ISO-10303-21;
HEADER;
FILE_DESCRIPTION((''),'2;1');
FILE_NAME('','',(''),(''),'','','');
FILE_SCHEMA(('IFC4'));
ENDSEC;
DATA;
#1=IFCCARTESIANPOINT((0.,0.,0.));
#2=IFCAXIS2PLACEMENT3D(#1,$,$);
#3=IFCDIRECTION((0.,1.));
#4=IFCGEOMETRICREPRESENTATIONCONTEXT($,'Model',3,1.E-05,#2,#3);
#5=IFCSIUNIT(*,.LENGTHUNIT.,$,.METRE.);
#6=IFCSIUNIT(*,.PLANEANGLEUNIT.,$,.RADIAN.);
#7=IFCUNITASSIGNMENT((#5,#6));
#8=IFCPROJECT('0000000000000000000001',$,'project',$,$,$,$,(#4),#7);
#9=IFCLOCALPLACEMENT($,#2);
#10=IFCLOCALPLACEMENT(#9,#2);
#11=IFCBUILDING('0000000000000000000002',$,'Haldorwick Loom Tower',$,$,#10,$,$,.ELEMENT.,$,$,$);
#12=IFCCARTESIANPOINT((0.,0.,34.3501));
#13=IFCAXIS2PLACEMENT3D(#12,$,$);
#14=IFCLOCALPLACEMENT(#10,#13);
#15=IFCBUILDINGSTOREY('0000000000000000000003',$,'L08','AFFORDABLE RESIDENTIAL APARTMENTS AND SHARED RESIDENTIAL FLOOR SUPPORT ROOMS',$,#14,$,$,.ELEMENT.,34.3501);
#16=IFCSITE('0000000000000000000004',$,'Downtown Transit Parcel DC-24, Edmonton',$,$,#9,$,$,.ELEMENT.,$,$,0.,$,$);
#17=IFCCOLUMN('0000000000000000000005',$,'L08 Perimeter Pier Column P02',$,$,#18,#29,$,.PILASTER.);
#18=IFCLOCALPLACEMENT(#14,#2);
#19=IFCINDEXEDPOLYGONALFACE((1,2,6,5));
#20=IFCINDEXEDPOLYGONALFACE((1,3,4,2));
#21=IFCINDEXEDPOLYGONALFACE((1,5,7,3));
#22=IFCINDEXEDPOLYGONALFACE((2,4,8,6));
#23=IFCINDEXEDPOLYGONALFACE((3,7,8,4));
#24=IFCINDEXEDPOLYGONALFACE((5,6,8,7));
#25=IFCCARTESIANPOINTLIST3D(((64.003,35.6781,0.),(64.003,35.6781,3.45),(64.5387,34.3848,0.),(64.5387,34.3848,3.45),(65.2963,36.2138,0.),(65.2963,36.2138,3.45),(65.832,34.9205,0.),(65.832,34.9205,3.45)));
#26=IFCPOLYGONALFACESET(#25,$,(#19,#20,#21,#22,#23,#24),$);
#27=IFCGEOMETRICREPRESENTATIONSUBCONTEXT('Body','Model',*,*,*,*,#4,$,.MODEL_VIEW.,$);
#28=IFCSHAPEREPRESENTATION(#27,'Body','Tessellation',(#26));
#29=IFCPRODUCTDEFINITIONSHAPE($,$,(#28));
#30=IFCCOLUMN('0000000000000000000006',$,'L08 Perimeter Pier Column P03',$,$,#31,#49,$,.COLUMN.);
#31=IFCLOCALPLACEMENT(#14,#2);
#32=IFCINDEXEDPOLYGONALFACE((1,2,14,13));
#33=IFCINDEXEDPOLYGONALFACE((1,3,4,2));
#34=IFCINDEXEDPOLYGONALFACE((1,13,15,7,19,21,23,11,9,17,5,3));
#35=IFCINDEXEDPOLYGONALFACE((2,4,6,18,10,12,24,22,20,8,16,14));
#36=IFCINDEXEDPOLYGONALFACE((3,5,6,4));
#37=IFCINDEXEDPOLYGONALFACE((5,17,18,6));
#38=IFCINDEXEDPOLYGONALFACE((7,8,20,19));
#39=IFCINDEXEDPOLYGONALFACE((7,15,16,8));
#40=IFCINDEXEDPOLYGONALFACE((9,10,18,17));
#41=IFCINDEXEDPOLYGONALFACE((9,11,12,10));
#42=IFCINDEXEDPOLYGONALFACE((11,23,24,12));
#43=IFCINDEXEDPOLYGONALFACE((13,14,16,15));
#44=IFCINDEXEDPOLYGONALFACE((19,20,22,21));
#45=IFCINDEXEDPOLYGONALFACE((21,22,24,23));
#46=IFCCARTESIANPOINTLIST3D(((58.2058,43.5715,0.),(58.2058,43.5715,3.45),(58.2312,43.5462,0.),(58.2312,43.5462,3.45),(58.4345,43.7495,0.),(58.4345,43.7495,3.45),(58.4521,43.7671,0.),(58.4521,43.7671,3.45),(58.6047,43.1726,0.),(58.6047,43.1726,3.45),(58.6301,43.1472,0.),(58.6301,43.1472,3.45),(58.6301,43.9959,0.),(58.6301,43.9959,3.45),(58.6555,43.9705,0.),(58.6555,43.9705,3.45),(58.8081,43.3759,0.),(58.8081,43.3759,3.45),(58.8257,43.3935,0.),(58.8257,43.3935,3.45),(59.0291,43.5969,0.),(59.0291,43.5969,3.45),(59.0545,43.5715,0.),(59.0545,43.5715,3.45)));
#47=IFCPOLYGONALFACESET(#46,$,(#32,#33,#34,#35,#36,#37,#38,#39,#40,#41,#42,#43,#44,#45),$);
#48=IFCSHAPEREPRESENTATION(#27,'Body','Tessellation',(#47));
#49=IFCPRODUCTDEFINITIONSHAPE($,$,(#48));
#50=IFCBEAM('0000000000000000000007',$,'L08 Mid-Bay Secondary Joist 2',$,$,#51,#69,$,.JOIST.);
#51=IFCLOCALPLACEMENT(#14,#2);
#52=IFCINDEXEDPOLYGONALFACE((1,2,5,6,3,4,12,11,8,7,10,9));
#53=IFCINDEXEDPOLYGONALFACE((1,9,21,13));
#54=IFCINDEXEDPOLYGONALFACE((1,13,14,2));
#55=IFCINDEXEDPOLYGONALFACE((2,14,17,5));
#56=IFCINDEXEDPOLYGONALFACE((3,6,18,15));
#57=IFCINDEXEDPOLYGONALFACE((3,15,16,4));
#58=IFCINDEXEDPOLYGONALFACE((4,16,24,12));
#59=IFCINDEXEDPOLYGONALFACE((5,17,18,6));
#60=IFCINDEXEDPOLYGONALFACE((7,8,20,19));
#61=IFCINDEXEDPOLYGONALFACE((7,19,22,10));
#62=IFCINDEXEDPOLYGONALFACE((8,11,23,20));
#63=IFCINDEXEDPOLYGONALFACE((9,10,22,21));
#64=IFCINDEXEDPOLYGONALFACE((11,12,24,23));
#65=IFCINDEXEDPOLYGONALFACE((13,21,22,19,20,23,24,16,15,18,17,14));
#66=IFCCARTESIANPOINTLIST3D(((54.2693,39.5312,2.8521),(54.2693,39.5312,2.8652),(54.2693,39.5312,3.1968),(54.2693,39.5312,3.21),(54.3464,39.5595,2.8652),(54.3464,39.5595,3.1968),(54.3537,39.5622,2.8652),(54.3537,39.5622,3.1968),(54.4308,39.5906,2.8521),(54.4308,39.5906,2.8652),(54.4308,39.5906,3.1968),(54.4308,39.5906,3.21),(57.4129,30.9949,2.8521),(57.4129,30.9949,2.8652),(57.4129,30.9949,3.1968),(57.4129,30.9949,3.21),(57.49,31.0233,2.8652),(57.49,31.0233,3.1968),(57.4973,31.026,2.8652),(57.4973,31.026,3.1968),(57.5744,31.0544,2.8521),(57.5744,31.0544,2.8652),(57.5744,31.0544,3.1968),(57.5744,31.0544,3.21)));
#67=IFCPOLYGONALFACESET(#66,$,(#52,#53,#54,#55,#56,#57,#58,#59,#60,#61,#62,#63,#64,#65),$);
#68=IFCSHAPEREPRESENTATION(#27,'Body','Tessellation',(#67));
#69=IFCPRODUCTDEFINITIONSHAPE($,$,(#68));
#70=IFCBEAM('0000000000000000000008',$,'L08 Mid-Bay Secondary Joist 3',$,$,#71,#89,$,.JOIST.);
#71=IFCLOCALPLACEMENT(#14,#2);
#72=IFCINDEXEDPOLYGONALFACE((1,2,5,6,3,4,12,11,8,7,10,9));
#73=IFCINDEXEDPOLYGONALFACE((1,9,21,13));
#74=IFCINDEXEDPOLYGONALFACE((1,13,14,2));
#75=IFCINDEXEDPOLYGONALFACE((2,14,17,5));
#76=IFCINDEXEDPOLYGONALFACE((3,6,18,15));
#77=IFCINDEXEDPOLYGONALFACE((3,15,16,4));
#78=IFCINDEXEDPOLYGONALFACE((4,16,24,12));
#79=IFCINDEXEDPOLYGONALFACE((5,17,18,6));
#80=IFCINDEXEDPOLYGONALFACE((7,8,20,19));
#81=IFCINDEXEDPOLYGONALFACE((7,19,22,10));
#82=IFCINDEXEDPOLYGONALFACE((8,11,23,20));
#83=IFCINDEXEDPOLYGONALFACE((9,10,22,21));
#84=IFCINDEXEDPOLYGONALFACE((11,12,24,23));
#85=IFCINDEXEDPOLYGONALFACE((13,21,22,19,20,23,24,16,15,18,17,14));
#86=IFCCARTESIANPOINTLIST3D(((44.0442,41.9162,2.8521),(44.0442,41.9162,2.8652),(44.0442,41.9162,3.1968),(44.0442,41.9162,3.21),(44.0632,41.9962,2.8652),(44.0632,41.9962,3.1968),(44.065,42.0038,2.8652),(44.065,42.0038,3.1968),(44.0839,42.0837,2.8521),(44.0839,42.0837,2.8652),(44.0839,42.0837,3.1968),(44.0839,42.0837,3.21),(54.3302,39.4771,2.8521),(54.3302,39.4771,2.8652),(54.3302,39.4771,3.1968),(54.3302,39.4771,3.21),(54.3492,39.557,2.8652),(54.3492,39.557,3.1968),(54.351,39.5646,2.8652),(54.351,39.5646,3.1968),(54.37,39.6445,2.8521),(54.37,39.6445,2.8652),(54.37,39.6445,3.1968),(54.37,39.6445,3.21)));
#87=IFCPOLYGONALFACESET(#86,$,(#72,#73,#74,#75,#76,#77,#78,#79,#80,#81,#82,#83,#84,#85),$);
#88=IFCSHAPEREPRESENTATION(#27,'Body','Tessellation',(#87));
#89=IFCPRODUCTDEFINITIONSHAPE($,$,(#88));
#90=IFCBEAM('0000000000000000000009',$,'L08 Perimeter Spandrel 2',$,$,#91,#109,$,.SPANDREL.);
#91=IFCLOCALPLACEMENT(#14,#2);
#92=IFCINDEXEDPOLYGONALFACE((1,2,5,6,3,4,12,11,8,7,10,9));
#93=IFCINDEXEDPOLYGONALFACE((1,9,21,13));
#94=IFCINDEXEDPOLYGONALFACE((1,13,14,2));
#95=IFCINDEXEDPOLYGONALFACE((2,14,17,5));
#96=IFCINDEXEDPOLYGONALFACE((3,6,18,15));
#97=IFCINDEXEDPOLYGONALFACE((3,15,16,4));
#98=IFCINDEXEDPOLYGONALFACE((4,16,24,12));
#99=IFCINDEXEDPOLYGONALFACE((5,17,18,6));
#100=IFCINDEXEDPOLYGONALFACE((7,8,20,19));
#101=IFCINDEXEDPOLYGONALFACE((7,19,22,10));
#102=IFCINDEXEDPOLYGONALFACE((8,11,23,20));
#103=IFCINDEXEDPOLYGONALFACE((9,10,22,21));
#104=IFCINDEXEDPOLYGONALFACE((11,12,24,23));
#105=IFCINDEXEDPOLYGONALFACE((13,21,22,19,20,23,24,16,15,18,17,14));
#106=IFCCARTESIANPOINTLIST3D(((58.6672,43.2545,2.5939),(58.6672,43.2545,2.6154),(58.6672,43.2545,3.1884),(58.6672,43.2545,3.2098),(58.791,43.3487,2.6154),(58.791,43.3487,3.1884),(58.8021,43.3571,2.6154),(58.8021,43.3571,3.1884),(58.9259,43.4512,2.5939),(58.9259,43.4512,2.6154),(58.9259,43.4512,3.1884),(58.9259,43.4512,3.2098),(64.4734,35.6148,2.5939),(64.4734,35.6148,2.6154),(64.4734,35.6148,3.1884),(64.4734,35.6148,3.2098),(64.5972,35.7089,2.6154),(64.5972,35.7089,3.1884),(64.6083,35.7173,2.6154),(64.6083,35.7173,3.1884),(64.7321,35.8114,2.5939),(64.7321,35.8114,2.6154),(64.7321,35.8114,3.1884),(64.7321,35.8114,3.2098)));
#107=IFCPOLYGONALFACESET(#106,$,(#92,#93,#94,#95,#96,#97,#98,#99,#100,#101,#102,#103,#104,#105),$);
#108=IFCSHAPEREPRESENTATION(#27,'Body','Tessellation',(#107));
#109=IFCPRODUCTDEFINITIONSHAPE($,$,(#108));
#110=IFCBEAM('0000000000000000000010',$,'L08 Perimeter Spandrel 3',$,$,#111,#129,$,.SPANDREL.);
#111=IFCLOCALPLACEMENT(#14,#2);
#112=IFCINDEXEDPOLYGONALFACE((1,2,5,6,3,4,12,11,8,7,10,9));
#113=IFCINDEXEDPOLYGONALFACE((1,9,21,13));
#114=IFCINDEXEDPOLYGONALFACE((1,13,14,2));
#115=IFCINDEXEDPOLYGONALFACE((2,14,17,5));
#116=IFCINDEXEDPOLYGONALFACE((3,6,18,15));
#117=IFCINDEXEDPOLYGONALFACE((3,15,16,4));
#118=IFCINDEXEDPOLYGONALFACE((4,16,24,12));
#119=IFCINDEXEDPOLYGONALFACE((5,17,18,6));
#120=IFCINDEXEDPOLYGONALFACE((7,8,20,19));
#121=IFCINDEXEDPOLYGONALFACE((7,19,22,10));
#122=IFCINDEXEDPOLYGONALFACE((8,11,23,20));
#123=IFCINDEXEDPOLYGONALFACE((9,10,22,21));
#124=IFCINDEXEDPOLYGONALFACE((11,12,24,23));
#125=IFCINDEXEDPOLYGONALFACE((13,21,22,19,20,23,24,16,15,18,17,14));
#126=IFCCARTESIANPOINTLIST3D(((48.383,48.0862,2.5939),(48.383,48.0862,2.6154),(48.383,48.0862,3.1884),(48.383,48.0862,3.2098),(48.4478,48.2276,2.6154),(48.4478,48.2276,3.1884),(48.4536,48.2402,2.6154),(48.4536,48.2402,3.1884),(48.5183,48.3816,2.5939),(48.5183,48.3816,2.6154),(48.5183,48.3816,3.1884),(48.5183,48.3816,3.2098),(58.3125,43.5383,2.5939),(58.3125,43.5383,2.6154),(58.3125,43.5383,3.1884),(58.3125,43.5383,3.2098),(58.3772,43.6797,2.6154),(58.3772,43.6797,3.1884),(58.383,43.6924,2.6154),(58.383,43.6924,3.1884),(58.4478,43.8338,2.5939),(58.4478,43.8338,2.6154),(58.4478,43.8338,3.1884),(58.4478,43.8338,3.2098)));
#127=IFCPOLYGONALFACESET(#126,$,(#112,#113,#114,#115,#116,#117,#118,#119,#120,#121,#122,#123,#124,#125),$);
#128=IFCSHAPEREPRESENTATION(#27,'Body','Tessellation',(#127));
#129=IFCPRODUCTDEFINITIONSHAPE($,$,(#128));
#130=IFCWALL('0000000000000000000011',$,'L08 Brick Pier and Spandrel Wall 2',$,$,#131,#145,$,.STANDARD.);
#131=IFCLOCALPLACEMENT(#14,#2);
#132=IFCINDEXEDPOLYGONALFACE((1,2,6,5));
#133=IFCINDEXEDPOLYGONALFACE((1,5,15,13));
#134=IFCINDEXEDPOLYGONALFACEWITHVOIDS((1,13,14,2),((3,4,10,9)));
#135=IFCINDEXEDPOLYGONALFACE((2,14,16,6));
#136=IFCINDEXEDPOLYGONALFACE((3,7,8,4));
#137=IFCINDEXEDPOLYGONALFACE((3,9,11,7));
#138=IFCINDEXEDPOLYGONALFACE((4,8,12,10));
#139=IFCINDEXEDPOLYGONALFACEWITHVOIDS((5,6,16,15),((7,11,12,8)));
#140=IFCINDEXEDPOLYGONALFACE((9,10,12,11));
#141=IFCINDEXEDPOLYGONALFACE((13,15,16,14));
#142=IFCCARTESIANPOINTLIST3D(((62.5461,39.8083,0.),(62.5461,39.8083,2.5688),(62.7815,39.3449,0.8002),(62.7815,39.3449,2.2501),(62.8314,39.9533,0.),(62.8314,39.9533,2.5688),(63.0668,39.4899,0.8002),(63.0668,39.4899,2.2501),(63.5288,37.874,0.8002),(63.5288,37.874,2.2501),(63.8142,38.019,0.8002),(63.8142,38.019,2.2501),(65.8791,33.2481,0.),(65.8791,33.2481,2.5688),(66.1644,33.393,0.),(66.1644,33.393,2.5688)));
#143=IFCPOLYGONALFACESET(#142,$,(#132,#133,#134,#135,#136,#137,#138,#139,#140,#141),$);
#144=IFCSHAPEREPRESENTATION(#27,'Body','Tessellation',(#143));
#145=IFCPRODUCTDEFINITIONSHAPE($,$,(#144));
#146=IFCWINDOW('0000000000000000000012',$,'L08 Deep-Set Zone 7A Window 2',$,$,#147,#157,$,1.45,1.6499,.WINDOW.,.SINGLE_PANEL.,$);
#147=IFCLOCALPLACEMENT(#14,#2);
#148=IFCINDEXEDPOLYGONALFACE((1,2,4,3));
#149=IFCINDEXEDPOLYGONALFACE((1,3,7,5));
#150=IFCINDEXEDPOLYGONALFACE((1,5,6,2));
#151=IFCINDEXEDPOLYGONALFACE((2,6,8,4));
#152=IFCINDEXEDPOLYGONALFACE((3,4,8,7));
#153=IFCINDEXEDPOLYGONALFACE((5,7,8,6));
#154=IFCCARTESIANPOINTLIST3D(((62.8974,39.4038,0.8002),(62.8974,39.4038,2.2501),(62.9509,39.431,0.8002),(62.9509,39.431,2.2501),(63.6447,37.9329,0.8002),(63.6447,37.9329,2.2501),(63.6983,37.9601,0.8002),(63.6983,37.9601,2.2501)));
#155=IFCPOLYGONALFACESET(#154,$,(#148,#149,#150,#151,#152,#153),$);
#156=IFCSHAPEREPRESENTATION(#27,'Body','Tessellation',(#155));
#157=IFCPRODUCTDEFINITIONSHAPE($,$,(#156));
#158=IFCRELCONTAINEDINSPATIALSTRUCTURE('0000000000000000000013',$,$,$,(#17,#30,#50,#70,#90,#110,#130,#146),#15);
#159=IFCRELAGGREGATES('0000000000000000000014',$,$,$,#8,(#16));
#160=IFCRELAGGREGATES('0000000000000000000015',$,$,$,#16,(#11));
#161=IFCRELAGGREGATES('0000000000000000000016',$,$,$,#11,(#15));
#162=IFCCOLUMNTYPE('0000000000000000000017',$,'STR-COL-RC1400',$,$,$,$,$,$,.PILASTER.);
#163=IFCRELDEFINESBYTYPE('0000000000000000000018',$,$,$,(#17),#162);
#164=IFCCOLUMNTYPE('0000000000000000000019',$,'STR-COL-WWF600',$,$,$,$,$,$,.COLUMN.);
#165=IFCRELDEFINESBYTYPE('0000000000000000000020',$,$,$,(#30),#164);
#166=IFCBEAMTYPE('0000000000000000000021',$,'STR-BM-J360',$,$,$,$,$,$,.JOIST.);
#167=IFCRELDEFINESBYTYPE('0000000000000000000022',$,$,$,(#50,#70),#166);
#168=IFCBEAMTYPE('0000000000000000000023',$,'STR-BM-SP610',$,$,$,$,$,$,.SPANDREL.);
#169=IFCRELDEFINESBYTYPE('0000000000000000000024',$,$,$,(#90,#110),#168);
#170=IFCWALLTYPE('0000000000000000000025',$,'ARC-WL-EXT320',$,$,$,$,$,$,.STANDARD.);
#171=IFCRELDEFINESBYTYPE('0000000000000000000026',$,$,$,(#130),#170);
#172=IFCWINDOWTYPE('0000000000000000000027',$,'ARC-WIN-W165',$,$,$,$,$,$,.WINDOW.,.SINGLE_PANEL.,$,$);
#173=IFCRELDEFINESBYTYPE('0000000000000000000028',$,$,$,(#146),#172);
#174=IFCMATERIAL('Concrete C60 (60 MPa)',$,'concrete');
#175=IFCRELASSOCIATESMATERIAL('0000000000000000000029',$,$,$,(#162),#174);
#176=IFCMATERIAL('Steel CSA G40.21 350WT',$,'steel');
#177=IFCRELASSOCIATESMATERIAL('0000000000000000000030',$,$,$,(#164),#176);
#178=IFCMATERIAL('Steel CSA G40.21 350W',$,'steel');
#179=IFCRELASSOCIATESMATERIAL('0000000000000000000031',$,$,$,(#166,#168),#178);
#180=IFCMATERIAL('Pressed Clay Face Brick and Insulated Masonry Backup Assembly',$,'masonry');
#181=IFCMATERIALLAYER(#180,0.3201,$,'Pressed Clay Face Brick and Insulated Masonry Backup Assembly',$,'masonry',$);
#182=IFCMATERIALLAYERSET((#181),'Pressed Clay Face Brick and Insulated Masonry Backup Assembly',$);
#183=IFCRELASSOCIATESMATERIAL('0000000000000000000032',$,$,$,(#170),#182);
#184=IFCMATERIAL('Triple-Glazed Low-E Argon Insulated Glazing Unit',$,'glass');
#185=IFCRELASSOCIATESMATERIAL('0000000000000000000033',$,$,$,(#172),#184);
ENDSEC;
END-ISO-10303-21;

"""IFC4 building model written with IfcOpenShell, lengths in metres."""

from ifc_helpers import new_model, si_unit, direction, frame, frame_2d, origin, origin_2d, place, context, subcontext, project, spatial, rectangle, i_section, extrude, material, layer, layer_set, material_profile, profile_set, type_object, element, fill, save


model = new_model("IFC4")

# Units and contexts
model_context = context("Model", 3, precision=1e-05, world=origin(), true_north=direction((0.0, 1.0)))
body_context = subcontext(model_context, "Body", "Model", "MODEL_VIEW")
ifc_project = project(units=[si_unit("LENGTHUNIT", "METRE"), si_unit("PLANEANGLEUNIT", "RADIAN")], contexts=[model_context])

# Site, building, storey
site_placement = place(None, origin())
site = spatial("IfcSite", under=ifc_project, at=site_placement, Name="Downtown Transit Parcel DC-24, Edmonton", CompositionType="ELEMENT", RefElevation=0.0)
building_placement = place(site_placement, origin())
building = spatial("IfcBuilding", under=site, at=building_placement, Name="Haldorwick Loom Tower", CompositionType="ELEMENT")
storey_placement = place(building_placement, frame((0.0, 0.0, 34.3501)))
storey = spatial("IfcBuildingStorey", under=building, at=storey_placement, Name="L08", Description="AFFORDABLE RESIDENTIAL APARTMENTS AND SHARED RESIDENTIAL FLOOR SUPPORT ROOMS", CompositionType="ELEMENT", Elevation=34.3501)

# Columns
ifc_material_1 = material(Name="Concrete C60 (60 MPa)", Category="concrete")
ifc_material_profile_1 = material_profile(ifc_material_1, rectangle(XDim=1.3999, YDim=1.3999, at=origin_2d()), Name="RC1400X1400", Category="concrete")
ifc_profile_set_1 = profile_set([ifc_material_profile_1], Name="Concrete C60 (60 MPa)")
column_type_1 = type_object("IfcColumnType", Name="STR-COL-RC1400", PredefinedType="PILASTER", material=ifc_profile_set_1)
column_1_placement = place(storey_placement, frame((64.9175, 35.2993, 0.0), z_axis=(0.0, 0.0, 1.0), x_axis=(0.92388, 0.382683, 0.0)))
element("IfcColumn", 1, at=column_1_placement, inside=storey, type_object=column_type_1, Name="L08 Perimeter Pier Column P02", PredefinedType="PILASTER", context=body_context, shape_type="SweptSolid", body=[
    extrude(rectangle(XDim=1.3999, YDim=1.3999, at=origin_2d()), origin(), (0.0, 0.0, 1.0), 3.45),
])
ifc_material_2 = material(Name="Steel CSA G40.21 350WT", Category="steel")
ifc_material_profile_2 = material_profile(ifc_material_2, i_section(OverallWidth=0.6001, OverallDepth=0.6001, WebThickness=0.0249, FlangeThickness=0.0359, at=origin_2d()), Name="WWF600X600", Category="steel")
ifc_profile_set_2 = profile_set([ifc_material_profile_2], Name="Steel CSA G40.21 350WT")
column_type_2 = type_object("IfcColumnType", Name="STR-COL-WWF600", PredefinedType="COLUMN", material=ifc_profile_set_2)
column_2_placement = place(storey_placement, frame((58.6301, 43.5715, 0.0), z_axis=(0.0, 0.0, 1.0), x_axis=(0.707107, 0.707107, 0.0)))
element("IfcColumn", 2, at=column_2_placement, inside=storey, type_object=column_type_2, Name="L08 Perimeter Pier Column P03", PredefinedType="COLUMN", context=body_context, shape_type="SweptSolid", body=[
    extrude(i_section(OverallWidth=0.6001, OverallDepth=0.6001, WebThickness=0.0249, FlangeThickness=0.0359, at=origin_2d()), origin(), (0.0, 0.0, 1.0), 3.45),
])

# Beams
ifc_material_3 = material(Name="Steel CSA G40.21 350W", Category="steel")
ifc_material_profile_3 = material_profile(ifc_material_3, i_section(OverallWidth=0.1721, OverallDepth=0.3579, WebThickness=0.0078, FlangeThickness=0.0132, at=origin_2d()), Name="W360X57", Category="steel")
ifc_profile_set_3 = profile_set([ifc_material_profile_3], Name="Steel CSA G40.21 350W")
beam_type_1 = type_object("IfcBeamType", Name="STR-BM-J360", PredefinedType="JOIST", material=ifc_profile_set_3)
beam_1_placement = place(storey_placement, frame((57.4937, 31.0247, 3.031), z_axis=(-0.345576, 0.938391, 0.0), x_axis=(-0.938391, -0.345576, 0.0)))
element("IfcBeam", 3, at=beam_1_placement, inside=storey, type_object=beam_type_1, Name="L08 Mid-Bay Secondary Joist 2", PredefinedType="JOIST", context=body_context, shape_type="SweptSolid", body=[
    extrude(i_section(OverallWidth=0.1721, OverallDepth=0.3579, WebThickness=0.0078, FlangeThickness=0.0132, at=origin_2d()), origin(), (0.0, 0.0, 1.0), 9.0967),
])
beam_2_placement = place(storey_placement, frame((54.3501, 39.5608, 3.031), z_axis=(-0.973016, 0.230737, 0.0), x_axis=(-0.230737, -0.973016, 0.0)))
element("IfcBeam", 4, at=beam_2_placement, inside=storey, type_object=beam_type_1, Name="L08 Mid-Bay Secondary Joist 3", PredefinedType="JOIST", context=body_context, shape_type="SweptSolid", body=[
    extrude(i_section(OverallWidth=0.1721, OverallDepth=0.3579, WebThickness=0.0078, FlangeThickness=0.0132, at=origin_2d()), origin(), (0.0, 0.0, 1.0), 10.5713),
])
ifc_material_profile_4 = material_profile(ifc_material_3, i_section(OverallWidth=0.325, OverallDepth=0.616, WebThickness=0.0139, FlangeThickness=0.0215, at=origin_2d()), Name="W610X174", Category="steel")
ifc_profile_set_4 = profile_set([ifc_material_profile_4], Name="Steel CSA G40.21 350W")
beam_type_2 = type_object("IfcBeamType", Name="STR-BM-SP610", PredefinedType="SPANDREL", material=ifc_profile_set_4)
beam_3_placement = place(storey_placement, frame((64.6028, 35.7131, 2.9019), z_axis=(-0.605085, 0.796161, 0.0), x_axis=(-0.796161, -0.605085, 0.0)))
element("IfcBeam", 5, at=beam_3_placement, inside=storey, type_object=beam_type_2, Name="L08 Perimeter Spandrel 2", PredefinedType="SPANDREL", context=body_context, shape_type="SweptSolid", body=[
    extrude(i_section(OverallWidth=0.325, OverallDepth=0.616, WebThickness=0.0139, FlangeThickness=0.0215, at=origin_2d()), origin(), (0.0, 0.0, 1.0), 9.5957),
])
beam_4_placement = place(storey_placement, frame((58.3801, 43.686, 2.9019), z_axis=(-0.909174, 0.416417, 0.0), x_axis=(-0.416417, -0.909174, 0.0)))
element("IfcBeam", 6, at=beam_4_placement, inside=storey, type_object=beam_type_2, Name="L08 Perimeter Spandrel 3", PredefinedType="SPANDREL", context=body_context, shape_type="SweptSolid", body=[
    extrude(i_section(OverallWidth=0.325, OverallDepth=0.616, WebThickness=0.0139, FlangeThickness=0.0215, at=origin_2d()), origin(), (0.0, 0.0, 1.0), 10.9214),
])

# Wall, opening, window
ifc_material_4 = material(Name="Pressed Clay Face Brick and Insulated Masonry Backup Assembly", Category="masonry")
ifc_layer_1 = layer(ifc_material_4, 0.3201, Name="Pressed Clay Face Brick and Insulated Masonry Backup Assembly", Category="masonry")
ifc_layer_set_1 = layer_set([ifc_layer_1], Name="Pressed Clay Face Brick and Insulated Masonry Backup Assembly")
wall_type_1 = type_object("IfcWallType", Name="ARC-WL-EXT320", PredefinedType="STANDARD", material=ifc_layer_set_1)
wall_1_placement = place(storey_placement, frame((66.0217, 33.3206, 0.0), z_axis=(0.0, 0.0, 1.0), x_axis=(-0.452951, 0.891535, 0.0)))
wall_1 = element("IfcWall", 7, at=wall_1_placement, inside=storey, type_object=wall_type_1, Name="L08 Brick Pier and Spandrel Wall 2", PredefinedType="STANDARD", context=body_context, shape_type="SweptSolid", body=[
    extrude(rectangle(XDim=7.3584, YDim=0.3201, at=frame_2d((3.6792, 0.0))), origin(), (0.0, 0.0, 1.0), 2.5688),
])
opening_1_placement = place(wall_1_placement, frame((5.1887, 0.0, 0.8)))
opening_1 = element("IfcOpeningElement", 8, at=opening_1_placement, cuts=wall_1, PredefinedType="OPENING", context=body_context, shape_type="SweptSolid", body=[
    extrude(rectangle(XDim=1.6499, YDim=1.45, at=frame_2d((0.825, 0.7251))), frame((0.0, 0.1699, 0.0), z_axis=(0.0, -1.0, 0.0), x_axis=(1.0, 0.0, 0.0)), (0.0, 0.0, 1.0), 0.3401),
])
ifc_material_5 = material(Name="Triple-Glazed Low-E Argon Insulated Glazing Unit", Category="glass")
window_type = type_object("IfcWindowType", Name="ARC-WIN-W165", PartitioningType="SINGLE_PANEL", PredefinedType="WINDOW", material=ifc_material_5)
window_1_placement = place(opening_1_placement, origin())
window_1 = element("IfcWindow", 9, at=window_1_placement, inside=storey, type_object=window_type, Name="L08 Deep-Set Zone 7A Window 2", OverallHeight=1.45, OverallWidth=1.6499, PartitioningType="SINGLE_PANEL", PredefinedType="WINDOW", context=body_context, shape_type="SweptSolid", body=[
    extrude(rectangle(XDim=1.6499, YDim=1.45, at=frame_2d((0.825, 0.7251))), frame((0.0, 0.03, 0.0), z_axis=(0.0, -1.0, 0.0), x_axis=(1.0, 0.0, 0.0)), (0.0, 0.0, 1.0), 0.0601),
])
fill(opening_1, window_1)

save(model, "model.ifc")
